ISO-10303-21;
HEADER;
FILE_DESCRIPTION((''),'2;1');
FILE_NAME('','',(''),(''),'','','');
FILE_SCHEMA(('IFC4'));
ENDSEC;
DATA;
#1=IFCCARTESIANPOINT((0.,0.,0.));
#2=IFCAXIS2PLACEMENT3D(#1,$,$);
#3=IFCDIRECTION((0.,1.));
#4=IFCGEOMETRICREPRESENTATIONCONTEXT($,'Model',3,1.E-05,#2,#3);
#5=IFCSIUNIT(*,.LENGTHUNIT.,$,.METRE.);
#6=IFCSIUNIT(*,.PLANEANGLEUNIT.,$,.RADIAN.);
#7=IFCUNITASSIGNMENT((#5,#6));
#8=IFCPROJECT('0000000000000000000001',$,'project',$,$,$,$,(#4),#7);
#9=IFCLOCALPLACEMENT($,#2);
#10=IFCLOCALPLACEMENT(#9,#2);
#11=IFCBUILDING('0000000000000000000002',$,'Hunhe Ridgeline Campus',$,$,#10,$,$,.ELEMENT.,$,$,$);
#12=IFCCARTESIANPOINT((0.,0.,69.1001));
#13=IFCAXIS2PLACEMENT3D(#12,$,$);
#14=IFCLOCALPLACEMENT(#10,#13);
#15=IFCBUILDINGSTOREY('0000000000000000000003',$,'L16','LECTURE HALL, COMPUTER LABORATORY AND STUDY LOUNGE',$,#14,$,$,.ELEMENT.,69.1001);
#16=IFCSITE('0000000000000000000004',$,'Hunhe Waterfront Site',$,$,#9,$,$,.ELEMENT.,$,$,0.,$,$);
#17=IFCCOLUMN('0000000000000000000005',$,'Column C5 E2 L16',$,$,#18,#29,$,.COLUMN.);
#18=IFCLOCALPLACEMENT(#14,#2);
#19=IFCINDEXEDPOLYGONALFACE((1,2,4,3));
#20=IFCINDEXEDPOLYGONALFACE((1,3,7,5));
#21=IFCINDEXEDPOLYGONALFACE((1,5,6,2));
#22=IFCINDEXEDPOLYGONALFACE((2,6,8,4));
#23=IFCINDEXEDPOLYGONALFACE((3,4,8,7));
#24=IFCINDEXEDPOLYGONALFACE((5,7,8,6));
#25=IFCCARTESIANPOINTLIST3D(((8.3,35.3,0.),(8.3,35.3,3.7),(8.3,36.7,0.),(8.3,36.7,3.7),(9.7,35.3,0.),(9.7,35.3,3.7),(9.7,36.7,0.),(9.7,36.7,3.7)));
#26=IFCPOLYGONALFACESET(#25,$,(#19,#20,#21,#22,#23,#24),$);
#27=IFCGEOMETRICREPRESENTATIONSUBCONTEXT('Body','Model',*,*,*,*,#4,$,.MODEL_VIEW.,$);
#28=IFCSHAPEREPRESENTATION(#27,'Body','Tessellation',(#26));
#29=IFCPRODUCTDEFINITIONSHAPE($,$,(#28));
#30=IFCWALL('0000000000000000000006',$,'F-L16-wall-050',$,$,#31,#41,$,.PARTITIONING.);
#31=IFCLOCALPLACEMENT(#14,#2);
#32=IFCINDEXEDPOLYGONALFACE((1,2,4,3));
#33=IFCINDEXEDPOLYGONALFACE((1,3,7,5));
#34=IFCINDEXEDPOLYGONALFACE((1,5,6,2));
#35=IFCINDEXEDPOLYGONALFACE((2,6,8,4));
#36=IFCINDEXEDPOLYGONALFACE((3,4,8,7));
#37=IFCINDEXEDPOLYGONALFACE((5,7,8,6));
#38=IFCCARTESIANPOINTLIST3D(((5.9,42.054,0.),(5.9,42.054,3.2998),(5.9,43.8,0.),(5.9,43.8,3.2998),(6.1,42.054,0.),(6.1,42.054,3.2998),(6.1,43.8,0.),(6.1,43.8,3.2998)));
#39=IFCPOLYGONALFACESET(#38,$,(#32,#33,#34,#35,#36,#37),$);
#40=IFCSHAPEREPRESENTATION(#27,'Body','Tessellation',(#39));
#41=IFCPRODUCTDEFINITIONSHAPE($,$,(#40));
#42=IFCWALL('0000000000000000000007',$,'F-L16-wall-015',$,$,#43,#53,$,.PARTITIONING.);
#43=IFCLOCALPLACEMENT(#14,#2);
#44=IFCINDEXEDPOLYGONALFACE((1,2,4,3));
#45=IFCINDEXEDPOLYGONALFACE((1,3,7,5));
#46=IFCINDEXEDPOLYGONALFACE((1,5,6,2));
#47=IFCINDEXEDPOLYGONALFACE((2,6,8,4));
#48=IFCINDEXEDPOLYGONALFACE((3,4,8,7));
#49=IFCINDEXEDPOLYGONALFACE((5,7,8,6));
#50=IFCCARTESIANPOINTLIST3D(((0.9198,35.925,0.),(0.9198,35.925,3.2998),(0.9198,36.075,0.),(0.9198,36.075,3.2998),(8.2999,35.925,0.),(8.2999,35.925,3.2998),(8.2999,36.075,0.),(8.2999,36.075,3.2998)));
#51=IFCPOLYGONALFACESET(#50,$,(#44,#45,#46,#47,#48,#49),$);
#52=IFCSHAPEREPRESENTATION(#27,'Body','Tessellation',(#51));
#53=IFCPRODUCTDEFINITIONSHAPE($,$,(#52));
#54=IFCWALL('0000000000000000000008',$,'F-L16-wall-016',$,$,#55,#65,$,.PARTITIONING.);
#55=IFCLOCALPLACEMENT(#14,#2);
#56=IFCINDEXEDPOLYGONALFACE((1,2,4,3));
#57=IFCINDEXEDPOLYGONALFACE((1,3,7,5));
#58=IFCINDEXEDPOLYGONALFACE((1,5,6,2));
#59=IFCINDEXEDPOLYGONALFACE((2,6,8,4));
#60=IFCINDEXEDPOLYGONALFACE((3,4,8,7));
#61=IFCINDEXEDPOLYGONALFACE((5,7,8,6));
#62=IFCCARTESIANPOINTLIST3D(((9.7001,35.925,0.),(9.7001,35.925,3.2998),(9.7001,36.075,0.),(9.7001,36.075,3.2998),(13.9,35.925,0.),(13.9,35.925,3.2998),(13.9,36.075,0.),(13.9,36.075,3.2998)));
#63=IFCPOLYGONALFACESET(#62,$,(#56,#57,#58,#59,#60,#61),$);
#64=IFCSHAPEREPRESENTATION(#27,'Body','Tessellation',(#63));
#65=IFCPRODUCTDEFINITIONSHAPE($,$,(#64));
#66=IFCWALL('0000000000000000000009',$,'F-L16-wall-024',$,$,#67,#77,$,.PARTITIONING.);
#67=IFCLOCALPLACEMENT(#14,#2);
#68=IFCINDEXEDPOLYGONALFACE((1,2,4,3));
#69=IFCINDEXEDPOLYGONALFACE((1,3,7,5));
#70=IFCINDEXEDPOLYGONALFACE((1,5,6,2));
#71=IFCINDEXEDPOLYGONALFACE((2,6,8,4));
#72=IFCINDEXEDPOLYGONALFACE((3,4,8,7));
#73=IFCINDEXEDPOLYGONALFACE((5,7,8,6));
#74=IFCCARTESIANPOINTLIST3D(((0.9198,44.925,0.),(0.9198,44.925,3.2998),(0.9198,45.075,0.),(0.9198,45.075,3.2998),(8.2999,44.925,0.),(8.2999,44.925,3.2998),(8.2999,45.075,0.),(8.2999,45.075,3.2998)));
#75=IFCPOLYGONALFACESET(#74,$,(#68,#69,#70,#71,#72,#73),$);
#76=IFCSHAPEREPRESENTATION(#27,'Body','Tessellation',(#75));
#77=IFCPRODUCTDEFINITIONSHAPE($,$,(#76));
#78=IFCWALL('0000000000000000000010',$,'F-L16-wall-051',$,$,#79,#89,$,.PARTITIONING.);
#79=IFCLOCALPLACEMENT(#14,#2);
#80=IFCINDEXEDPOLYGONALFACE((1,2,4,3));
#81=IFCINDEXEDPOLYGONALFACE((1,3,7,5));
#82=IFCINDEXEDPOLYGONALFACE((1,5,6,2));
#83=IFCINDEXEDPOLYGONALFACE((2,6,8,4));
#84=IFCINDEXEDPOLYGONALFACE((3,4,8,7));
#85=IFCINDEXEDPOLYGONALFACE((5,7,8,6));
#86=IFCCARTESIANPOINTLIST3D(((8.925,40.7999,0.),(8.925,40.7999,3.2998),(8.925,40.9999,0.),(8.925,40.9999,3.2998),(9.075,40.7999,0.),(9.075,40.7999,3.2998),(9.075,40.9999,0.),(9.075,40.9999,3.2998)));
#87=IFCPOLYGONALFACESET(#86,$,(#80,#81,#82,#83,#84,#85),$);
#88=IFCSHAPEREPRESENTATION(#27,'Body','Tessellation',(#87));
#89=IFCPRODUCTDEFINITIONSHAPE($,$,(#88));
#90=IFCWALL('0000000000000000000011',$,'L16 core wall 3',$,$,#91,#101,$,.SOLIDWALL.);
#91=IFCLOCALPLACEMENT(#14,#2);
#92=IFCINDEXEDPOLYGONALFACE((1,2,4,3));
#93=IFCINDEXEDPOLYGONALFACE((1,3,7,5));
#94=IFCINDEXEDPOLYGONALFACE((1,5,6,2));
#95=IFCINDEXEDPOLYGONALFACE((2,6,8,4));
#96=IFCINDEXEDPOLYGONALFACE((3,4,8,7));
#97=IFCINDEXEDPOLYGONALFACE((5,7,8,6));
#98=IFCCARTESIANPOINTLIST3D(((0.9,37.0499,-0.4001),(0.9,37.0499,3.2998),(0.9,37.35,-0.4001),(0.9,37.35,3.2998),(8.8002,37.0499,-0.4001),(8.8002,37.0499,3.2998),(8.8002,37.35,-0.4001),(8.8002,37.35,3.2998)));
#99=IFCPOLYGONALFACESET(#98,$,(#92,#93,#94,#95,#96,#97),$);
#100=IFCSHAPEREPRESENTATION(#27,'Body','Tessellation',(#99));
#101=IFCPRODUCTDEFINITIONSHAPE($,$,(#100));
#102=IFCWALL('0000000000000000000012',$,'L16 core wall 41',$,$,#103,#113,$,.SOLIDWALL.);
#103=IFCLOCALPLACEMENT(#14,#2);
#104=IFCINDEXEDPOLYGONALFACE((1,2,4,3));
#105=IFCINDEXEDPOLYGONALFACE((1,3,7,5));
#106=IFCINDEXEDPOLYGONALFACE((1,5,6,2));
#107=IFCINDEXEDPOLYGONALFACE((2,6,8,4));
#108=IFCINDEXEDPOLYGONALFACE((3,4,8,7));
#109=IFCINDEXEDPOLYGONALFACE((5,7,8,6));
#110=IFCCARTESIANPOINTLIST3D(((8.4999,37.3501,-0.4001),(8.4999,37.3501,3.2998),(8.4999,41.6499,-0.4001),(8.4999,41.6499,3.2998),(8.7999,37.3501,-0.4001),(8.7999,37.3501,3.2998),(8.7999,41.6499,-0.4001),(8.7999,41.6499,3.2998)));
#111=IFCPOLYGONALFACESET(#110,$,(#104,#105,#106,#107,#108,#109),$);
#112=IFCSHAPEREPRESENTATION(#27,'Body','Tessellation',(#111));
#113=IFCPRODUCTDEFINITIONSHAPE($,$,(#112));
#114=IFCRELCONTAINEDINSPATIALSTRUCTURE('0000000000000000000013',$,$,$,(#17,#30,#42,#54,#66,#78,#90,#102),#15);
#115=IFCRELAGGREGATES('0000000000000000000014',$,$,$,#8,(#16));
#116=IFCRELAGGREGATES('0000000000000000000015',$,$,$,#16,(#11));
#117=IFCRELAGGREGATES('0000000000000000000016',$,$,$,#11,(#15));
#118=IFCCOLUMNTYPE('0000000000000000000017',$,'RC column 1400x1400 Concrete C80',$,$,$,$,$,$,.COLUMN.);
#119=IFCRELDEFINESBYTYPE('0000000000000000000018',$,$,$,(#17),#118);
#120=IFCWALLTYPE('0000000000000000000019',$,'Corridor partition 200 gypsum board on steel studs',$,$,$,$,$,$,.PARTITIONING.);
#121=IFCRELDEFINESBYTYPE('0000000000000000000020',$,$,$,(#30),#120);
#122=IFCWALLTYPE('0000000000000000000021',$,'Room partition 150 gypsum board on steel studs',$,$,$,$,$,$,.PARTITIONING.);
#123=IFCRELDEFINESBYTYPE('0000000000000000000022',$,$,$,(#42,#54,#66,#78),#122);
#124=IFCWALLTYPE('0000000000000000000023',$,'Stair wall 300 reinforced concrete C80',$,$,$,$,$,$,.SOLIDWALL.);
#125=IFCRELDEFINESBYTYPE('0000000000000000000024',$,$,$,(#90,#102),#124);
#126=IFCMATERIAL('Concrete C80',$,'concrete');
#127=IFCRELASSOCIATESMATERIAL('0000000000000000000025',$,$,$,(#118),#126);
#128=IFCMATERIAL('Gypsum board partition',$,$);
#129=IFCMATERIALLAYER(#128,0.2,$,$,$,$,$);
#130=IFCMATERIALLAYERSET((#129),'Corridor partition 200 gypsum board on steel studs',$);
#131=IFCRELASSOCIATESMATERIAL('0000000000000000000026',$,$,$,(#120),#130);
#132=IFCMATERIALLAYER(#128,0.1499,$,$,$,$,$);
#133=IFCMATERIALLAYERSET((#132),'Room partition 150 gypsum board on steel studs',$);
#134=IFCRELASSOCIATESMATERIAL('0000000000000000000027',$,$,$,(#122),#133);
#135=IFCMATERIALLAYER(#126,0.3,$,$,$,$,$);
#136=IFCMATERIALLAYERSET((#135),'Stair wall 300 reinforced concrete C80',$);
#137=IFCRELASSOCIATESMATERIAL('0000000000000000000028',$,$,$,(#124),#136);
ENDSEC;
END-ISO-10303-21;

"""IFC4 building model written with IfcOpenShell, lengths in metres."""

from ifc_helpers import new_model, si_unit, direction, frame, frame_2d, origin, origin_2d, place, context, subcontext, project, spatial, rectangle, extrude, material, layer, layer_set, material_profile, profile_set, type_object, element, save


model = new_model("IFC4")

# Units and contexts
model_context = context("Model", 3, precision=1e-05, world=origin(), true_north=direction((0.0, 1.0)))
body_context = subcontext(model_context, "Body", "Model", "MODEL_VIEW")
ifc_project = project(units=[si_unit("LENGTHUNIT", "METRE"), si_unit("PLANEANGLEUNIT", "RADIAN")], contexts=[model_context])

# Site, building, storey
site_placement = place(None, origin())
site = spatial("IfcSite", under=ifc_project, at=site_placement, Name="Hunhe Waterfront Site", CompositionType="ELEMENT", RefElevation=0.0)
building_placement = place(site_placement, origin())
building = spatial("IfcBuilding", under=site, at=building_placement, Name="Hunhe Ridgeline Campus", CompositionType="ELEMENT")
storey_placement = place(building_placement, frame((0.0, 0.0, 69.1001)))
storey = spatial("IfcBuildingStorey", under=building, at=storey_placement, Name="L16", Description="LECTURE HALL, COMPUTER LABORATORY AND STUDY LOUNGE", CompositionType="ELEMENT", Elevation=69.1001)

# Column
ifc_material_1 = material(Name="Concrete C80", Category="concrete")
ifc_material_profile = material_profile(ifc_material_1, rectangle(XDim=1.3999, YDim=1.3999, at=origin_2d()))
ifc_profile_set = profile_set([ifc_material_profile], Name="Concrete C80")
column_type = type_object("IfcColumnType", Name="RC column 1400x1400 Concrete C80", PredefinedType="COLUMN", material=ifc_profile_set)
column_placement = place(storey_placement, frame((9.0, 36.0, 0.0), z_axis=(0.0, 0.0, 1.0), x_axis=(1.0, 0.0, 0.0)))
element("IfcColumn", 1, at=column_placement, inside=storey, type_object=column_type, Name="Column C5 E2 L16", PredefinedType="COLUMN", context=body_context, shape_type="SweptSolid", body=[
    extrude(rectangle(XDim=1.3999, YDim=1.3999, at=origin_2d()), origin(), (0.0, 0.0, 1.0), 3.7),
])

# Shared definitions
ifc_material_2 = material(Name="Gypsum board partition")
ifc_layer_1 = layer(ifc_material_2, 0.2)
ifc_layer_set_1 = layer_set([ifc_layer_1], Name="Corridor partition 200 gypsum board on steel studs")
wall_type_1 = type_object("IfcWallType", Name="Corridor partition 200 gypsum board on steel studs", PredefinedType="PARTITIONING", material=ifc_layer_set_1)

# Walls
wall_1_placement = place(storey_placement, frame((6.0, 42.054, 0.0), z_axis=(0.0, 0.0, 1.0), x_axis=(0.0, 1.0, 0.0)))
element("IfcWall", 2, at=wall_1_placement, inside=storey, type_object=wall_type_1, Name="F-L16-wall-050", PredefinedType="PARTITIONING", context=body_context, shape_type="SweptSolid", body=[
    extrude(rectangle(XDim=1.7461, YDim=0.2, at=frame_2d((0.873, 0.0))), origin(), (0.0, 0.0, 1.0), 3.2998),
])
ifc_layer_2 = layer(ifc_material_2, 0.1499)
ifc_layer_set_2 = layer_set([ifc_layer_2], Name="Room partition 150 gypsum board on steel studs")
wall_type_2 = type_object("IfcWallType", Name="Room partition 150 gypsum board on steel studs", PredefinedType="PARTITIONING", material=ifc_layer_set_2)
wall_2_placement = place(storey_placement, frame((0.9199, 36.0, 0.0), z_axis=(0.0, 0.0, 1.0), x_axis=(1.0, 0.0, 0.0)))
element("IfcWall", 3, at=wall_2_placement, inside=storey, type_object=wall_type_2, Name="F-L16-wall-015", PredefinedType="PARTITIONING", context=body_context, shape_type="SweptSolid", body=[
    extrude(rectangle(XDim=7.3801, YDim=0.1499, at=frame_2d((3.6899, 0.0))), origin(), (0.0, 0.0, 1.0), 3.2998),
])
wall_3_placement = place(storey_placement, frame((9.7, 36.0, 0.0), z_axis=(0.0, 0.0, 1.0), x_axis=(1.0, 0.0, 0.0)))
element("IfcWall", 4, at=wall_3_placement, inside=storey, type_object=wall_type_2, Name="F-L16-wall-016", PredefinedType="PARTITIONING", context=body_context, shape_type="SweptSolid", body=[
    extrude(rectangle(XDim=4.2, YDim=0.1499, at=frame_2d((2.1001, 0.0))), origin(), (0.0, 0.0, 1.0), 3.2998),
])
wall_4_placement = place(storey_placement, frame((0.9199, 45.0, 0.0), z_axis=(0.0, 0.0, 1.0), x_axis=(1.0, 0.0, 0.0)))
element("IfcWall", 5, at=wall_4_placement, inside=storey, type_object=wall_type_2, Name="F-L16-wall-024", PredefinedType="PARTITIONING", context=body_context, shape_type="SweptSolid", body=[
    extrude(rectangle(XDim=7.3801, YDim=0.1499, at=frame_2d((3.6899, 0.0))), origin(), (0.0, 0.0, 1.0), 3.2998),
])
wall_5_placement = place(storey_placement, frame((9.0, 41.0, 0.0), z_axis=(0.0, 0.0, 1.0), x_axis=(0.0, -1.0, 0.0)))
element("IfcWall", 6, at=wall_5_placement, inside=storey, type_object=wall_type_2, Name="F-L16-wall-051", PredefinedType="PARTITIONING", context=body_context, shape_type="SweptSolid", body=[
    extrude(rectangle(XDim=0.2, YDim=0.1499, at=frame_2d((0.1001, 0.0))), origin(), (0.0, 0.0, 1.0), 3.2998),
])
ifc_layer_3 = layer(ifc_material_1, 0.3)
ifc_layer_set_3 = layer_set([ifc_layer_3], Name="Stair wall 300 reinforced concrete C80")
wall_type_3 = type_object("IfcWallType", Name="Stair wall 300 reinforced concrete C80", PredefinedType="SOLIDWALL", material=ifc_layer_set_3)
wall_6_placement = place(storey_placement, frame((0.8999, 37.2, -0.4001), z_axis=(0.0, 0.0, 1.0), x_axis=(1.0, 0.0, 0.0)))
element("IfcWall", 7, at=wall_6_placement, inside=storey, type_object=wall_type_3, Name="L16 core wall 3", PredefinedType="SOLIDWALL", context=body_context, shape_type="SweptSolid", body=[
    extrude(rectangle(XDim=7.9001, YDim=0.3, at=frame_2d((3.9502, 0.0))), origin(), (0.0, 0.0, 1.0), 3.7),
])

# Wall
wall_7_placement = place(storey_placement, frame((8.6499, 37.3501, -0.4001), z_axis=(0.0, 0.0, 1.0), x_axis=(0.0, 1.0, 0.0)))
element("IfcWall", 8, at=wall_7_placement, inside=storey, type_object=wall_type_3, Name="L16 core wall 41", PredefinedType="SOLIDWALL", context=body_context, shape_type="SweptSolid", body=[
    extrude(rectangle(XDim=4.2998, YDim=0.3, at=frame_2d((2.1499, 0.0))), origin(), (0.0, 0.0, 1.0), 3.7),
])

save(model, "model.ifc")
